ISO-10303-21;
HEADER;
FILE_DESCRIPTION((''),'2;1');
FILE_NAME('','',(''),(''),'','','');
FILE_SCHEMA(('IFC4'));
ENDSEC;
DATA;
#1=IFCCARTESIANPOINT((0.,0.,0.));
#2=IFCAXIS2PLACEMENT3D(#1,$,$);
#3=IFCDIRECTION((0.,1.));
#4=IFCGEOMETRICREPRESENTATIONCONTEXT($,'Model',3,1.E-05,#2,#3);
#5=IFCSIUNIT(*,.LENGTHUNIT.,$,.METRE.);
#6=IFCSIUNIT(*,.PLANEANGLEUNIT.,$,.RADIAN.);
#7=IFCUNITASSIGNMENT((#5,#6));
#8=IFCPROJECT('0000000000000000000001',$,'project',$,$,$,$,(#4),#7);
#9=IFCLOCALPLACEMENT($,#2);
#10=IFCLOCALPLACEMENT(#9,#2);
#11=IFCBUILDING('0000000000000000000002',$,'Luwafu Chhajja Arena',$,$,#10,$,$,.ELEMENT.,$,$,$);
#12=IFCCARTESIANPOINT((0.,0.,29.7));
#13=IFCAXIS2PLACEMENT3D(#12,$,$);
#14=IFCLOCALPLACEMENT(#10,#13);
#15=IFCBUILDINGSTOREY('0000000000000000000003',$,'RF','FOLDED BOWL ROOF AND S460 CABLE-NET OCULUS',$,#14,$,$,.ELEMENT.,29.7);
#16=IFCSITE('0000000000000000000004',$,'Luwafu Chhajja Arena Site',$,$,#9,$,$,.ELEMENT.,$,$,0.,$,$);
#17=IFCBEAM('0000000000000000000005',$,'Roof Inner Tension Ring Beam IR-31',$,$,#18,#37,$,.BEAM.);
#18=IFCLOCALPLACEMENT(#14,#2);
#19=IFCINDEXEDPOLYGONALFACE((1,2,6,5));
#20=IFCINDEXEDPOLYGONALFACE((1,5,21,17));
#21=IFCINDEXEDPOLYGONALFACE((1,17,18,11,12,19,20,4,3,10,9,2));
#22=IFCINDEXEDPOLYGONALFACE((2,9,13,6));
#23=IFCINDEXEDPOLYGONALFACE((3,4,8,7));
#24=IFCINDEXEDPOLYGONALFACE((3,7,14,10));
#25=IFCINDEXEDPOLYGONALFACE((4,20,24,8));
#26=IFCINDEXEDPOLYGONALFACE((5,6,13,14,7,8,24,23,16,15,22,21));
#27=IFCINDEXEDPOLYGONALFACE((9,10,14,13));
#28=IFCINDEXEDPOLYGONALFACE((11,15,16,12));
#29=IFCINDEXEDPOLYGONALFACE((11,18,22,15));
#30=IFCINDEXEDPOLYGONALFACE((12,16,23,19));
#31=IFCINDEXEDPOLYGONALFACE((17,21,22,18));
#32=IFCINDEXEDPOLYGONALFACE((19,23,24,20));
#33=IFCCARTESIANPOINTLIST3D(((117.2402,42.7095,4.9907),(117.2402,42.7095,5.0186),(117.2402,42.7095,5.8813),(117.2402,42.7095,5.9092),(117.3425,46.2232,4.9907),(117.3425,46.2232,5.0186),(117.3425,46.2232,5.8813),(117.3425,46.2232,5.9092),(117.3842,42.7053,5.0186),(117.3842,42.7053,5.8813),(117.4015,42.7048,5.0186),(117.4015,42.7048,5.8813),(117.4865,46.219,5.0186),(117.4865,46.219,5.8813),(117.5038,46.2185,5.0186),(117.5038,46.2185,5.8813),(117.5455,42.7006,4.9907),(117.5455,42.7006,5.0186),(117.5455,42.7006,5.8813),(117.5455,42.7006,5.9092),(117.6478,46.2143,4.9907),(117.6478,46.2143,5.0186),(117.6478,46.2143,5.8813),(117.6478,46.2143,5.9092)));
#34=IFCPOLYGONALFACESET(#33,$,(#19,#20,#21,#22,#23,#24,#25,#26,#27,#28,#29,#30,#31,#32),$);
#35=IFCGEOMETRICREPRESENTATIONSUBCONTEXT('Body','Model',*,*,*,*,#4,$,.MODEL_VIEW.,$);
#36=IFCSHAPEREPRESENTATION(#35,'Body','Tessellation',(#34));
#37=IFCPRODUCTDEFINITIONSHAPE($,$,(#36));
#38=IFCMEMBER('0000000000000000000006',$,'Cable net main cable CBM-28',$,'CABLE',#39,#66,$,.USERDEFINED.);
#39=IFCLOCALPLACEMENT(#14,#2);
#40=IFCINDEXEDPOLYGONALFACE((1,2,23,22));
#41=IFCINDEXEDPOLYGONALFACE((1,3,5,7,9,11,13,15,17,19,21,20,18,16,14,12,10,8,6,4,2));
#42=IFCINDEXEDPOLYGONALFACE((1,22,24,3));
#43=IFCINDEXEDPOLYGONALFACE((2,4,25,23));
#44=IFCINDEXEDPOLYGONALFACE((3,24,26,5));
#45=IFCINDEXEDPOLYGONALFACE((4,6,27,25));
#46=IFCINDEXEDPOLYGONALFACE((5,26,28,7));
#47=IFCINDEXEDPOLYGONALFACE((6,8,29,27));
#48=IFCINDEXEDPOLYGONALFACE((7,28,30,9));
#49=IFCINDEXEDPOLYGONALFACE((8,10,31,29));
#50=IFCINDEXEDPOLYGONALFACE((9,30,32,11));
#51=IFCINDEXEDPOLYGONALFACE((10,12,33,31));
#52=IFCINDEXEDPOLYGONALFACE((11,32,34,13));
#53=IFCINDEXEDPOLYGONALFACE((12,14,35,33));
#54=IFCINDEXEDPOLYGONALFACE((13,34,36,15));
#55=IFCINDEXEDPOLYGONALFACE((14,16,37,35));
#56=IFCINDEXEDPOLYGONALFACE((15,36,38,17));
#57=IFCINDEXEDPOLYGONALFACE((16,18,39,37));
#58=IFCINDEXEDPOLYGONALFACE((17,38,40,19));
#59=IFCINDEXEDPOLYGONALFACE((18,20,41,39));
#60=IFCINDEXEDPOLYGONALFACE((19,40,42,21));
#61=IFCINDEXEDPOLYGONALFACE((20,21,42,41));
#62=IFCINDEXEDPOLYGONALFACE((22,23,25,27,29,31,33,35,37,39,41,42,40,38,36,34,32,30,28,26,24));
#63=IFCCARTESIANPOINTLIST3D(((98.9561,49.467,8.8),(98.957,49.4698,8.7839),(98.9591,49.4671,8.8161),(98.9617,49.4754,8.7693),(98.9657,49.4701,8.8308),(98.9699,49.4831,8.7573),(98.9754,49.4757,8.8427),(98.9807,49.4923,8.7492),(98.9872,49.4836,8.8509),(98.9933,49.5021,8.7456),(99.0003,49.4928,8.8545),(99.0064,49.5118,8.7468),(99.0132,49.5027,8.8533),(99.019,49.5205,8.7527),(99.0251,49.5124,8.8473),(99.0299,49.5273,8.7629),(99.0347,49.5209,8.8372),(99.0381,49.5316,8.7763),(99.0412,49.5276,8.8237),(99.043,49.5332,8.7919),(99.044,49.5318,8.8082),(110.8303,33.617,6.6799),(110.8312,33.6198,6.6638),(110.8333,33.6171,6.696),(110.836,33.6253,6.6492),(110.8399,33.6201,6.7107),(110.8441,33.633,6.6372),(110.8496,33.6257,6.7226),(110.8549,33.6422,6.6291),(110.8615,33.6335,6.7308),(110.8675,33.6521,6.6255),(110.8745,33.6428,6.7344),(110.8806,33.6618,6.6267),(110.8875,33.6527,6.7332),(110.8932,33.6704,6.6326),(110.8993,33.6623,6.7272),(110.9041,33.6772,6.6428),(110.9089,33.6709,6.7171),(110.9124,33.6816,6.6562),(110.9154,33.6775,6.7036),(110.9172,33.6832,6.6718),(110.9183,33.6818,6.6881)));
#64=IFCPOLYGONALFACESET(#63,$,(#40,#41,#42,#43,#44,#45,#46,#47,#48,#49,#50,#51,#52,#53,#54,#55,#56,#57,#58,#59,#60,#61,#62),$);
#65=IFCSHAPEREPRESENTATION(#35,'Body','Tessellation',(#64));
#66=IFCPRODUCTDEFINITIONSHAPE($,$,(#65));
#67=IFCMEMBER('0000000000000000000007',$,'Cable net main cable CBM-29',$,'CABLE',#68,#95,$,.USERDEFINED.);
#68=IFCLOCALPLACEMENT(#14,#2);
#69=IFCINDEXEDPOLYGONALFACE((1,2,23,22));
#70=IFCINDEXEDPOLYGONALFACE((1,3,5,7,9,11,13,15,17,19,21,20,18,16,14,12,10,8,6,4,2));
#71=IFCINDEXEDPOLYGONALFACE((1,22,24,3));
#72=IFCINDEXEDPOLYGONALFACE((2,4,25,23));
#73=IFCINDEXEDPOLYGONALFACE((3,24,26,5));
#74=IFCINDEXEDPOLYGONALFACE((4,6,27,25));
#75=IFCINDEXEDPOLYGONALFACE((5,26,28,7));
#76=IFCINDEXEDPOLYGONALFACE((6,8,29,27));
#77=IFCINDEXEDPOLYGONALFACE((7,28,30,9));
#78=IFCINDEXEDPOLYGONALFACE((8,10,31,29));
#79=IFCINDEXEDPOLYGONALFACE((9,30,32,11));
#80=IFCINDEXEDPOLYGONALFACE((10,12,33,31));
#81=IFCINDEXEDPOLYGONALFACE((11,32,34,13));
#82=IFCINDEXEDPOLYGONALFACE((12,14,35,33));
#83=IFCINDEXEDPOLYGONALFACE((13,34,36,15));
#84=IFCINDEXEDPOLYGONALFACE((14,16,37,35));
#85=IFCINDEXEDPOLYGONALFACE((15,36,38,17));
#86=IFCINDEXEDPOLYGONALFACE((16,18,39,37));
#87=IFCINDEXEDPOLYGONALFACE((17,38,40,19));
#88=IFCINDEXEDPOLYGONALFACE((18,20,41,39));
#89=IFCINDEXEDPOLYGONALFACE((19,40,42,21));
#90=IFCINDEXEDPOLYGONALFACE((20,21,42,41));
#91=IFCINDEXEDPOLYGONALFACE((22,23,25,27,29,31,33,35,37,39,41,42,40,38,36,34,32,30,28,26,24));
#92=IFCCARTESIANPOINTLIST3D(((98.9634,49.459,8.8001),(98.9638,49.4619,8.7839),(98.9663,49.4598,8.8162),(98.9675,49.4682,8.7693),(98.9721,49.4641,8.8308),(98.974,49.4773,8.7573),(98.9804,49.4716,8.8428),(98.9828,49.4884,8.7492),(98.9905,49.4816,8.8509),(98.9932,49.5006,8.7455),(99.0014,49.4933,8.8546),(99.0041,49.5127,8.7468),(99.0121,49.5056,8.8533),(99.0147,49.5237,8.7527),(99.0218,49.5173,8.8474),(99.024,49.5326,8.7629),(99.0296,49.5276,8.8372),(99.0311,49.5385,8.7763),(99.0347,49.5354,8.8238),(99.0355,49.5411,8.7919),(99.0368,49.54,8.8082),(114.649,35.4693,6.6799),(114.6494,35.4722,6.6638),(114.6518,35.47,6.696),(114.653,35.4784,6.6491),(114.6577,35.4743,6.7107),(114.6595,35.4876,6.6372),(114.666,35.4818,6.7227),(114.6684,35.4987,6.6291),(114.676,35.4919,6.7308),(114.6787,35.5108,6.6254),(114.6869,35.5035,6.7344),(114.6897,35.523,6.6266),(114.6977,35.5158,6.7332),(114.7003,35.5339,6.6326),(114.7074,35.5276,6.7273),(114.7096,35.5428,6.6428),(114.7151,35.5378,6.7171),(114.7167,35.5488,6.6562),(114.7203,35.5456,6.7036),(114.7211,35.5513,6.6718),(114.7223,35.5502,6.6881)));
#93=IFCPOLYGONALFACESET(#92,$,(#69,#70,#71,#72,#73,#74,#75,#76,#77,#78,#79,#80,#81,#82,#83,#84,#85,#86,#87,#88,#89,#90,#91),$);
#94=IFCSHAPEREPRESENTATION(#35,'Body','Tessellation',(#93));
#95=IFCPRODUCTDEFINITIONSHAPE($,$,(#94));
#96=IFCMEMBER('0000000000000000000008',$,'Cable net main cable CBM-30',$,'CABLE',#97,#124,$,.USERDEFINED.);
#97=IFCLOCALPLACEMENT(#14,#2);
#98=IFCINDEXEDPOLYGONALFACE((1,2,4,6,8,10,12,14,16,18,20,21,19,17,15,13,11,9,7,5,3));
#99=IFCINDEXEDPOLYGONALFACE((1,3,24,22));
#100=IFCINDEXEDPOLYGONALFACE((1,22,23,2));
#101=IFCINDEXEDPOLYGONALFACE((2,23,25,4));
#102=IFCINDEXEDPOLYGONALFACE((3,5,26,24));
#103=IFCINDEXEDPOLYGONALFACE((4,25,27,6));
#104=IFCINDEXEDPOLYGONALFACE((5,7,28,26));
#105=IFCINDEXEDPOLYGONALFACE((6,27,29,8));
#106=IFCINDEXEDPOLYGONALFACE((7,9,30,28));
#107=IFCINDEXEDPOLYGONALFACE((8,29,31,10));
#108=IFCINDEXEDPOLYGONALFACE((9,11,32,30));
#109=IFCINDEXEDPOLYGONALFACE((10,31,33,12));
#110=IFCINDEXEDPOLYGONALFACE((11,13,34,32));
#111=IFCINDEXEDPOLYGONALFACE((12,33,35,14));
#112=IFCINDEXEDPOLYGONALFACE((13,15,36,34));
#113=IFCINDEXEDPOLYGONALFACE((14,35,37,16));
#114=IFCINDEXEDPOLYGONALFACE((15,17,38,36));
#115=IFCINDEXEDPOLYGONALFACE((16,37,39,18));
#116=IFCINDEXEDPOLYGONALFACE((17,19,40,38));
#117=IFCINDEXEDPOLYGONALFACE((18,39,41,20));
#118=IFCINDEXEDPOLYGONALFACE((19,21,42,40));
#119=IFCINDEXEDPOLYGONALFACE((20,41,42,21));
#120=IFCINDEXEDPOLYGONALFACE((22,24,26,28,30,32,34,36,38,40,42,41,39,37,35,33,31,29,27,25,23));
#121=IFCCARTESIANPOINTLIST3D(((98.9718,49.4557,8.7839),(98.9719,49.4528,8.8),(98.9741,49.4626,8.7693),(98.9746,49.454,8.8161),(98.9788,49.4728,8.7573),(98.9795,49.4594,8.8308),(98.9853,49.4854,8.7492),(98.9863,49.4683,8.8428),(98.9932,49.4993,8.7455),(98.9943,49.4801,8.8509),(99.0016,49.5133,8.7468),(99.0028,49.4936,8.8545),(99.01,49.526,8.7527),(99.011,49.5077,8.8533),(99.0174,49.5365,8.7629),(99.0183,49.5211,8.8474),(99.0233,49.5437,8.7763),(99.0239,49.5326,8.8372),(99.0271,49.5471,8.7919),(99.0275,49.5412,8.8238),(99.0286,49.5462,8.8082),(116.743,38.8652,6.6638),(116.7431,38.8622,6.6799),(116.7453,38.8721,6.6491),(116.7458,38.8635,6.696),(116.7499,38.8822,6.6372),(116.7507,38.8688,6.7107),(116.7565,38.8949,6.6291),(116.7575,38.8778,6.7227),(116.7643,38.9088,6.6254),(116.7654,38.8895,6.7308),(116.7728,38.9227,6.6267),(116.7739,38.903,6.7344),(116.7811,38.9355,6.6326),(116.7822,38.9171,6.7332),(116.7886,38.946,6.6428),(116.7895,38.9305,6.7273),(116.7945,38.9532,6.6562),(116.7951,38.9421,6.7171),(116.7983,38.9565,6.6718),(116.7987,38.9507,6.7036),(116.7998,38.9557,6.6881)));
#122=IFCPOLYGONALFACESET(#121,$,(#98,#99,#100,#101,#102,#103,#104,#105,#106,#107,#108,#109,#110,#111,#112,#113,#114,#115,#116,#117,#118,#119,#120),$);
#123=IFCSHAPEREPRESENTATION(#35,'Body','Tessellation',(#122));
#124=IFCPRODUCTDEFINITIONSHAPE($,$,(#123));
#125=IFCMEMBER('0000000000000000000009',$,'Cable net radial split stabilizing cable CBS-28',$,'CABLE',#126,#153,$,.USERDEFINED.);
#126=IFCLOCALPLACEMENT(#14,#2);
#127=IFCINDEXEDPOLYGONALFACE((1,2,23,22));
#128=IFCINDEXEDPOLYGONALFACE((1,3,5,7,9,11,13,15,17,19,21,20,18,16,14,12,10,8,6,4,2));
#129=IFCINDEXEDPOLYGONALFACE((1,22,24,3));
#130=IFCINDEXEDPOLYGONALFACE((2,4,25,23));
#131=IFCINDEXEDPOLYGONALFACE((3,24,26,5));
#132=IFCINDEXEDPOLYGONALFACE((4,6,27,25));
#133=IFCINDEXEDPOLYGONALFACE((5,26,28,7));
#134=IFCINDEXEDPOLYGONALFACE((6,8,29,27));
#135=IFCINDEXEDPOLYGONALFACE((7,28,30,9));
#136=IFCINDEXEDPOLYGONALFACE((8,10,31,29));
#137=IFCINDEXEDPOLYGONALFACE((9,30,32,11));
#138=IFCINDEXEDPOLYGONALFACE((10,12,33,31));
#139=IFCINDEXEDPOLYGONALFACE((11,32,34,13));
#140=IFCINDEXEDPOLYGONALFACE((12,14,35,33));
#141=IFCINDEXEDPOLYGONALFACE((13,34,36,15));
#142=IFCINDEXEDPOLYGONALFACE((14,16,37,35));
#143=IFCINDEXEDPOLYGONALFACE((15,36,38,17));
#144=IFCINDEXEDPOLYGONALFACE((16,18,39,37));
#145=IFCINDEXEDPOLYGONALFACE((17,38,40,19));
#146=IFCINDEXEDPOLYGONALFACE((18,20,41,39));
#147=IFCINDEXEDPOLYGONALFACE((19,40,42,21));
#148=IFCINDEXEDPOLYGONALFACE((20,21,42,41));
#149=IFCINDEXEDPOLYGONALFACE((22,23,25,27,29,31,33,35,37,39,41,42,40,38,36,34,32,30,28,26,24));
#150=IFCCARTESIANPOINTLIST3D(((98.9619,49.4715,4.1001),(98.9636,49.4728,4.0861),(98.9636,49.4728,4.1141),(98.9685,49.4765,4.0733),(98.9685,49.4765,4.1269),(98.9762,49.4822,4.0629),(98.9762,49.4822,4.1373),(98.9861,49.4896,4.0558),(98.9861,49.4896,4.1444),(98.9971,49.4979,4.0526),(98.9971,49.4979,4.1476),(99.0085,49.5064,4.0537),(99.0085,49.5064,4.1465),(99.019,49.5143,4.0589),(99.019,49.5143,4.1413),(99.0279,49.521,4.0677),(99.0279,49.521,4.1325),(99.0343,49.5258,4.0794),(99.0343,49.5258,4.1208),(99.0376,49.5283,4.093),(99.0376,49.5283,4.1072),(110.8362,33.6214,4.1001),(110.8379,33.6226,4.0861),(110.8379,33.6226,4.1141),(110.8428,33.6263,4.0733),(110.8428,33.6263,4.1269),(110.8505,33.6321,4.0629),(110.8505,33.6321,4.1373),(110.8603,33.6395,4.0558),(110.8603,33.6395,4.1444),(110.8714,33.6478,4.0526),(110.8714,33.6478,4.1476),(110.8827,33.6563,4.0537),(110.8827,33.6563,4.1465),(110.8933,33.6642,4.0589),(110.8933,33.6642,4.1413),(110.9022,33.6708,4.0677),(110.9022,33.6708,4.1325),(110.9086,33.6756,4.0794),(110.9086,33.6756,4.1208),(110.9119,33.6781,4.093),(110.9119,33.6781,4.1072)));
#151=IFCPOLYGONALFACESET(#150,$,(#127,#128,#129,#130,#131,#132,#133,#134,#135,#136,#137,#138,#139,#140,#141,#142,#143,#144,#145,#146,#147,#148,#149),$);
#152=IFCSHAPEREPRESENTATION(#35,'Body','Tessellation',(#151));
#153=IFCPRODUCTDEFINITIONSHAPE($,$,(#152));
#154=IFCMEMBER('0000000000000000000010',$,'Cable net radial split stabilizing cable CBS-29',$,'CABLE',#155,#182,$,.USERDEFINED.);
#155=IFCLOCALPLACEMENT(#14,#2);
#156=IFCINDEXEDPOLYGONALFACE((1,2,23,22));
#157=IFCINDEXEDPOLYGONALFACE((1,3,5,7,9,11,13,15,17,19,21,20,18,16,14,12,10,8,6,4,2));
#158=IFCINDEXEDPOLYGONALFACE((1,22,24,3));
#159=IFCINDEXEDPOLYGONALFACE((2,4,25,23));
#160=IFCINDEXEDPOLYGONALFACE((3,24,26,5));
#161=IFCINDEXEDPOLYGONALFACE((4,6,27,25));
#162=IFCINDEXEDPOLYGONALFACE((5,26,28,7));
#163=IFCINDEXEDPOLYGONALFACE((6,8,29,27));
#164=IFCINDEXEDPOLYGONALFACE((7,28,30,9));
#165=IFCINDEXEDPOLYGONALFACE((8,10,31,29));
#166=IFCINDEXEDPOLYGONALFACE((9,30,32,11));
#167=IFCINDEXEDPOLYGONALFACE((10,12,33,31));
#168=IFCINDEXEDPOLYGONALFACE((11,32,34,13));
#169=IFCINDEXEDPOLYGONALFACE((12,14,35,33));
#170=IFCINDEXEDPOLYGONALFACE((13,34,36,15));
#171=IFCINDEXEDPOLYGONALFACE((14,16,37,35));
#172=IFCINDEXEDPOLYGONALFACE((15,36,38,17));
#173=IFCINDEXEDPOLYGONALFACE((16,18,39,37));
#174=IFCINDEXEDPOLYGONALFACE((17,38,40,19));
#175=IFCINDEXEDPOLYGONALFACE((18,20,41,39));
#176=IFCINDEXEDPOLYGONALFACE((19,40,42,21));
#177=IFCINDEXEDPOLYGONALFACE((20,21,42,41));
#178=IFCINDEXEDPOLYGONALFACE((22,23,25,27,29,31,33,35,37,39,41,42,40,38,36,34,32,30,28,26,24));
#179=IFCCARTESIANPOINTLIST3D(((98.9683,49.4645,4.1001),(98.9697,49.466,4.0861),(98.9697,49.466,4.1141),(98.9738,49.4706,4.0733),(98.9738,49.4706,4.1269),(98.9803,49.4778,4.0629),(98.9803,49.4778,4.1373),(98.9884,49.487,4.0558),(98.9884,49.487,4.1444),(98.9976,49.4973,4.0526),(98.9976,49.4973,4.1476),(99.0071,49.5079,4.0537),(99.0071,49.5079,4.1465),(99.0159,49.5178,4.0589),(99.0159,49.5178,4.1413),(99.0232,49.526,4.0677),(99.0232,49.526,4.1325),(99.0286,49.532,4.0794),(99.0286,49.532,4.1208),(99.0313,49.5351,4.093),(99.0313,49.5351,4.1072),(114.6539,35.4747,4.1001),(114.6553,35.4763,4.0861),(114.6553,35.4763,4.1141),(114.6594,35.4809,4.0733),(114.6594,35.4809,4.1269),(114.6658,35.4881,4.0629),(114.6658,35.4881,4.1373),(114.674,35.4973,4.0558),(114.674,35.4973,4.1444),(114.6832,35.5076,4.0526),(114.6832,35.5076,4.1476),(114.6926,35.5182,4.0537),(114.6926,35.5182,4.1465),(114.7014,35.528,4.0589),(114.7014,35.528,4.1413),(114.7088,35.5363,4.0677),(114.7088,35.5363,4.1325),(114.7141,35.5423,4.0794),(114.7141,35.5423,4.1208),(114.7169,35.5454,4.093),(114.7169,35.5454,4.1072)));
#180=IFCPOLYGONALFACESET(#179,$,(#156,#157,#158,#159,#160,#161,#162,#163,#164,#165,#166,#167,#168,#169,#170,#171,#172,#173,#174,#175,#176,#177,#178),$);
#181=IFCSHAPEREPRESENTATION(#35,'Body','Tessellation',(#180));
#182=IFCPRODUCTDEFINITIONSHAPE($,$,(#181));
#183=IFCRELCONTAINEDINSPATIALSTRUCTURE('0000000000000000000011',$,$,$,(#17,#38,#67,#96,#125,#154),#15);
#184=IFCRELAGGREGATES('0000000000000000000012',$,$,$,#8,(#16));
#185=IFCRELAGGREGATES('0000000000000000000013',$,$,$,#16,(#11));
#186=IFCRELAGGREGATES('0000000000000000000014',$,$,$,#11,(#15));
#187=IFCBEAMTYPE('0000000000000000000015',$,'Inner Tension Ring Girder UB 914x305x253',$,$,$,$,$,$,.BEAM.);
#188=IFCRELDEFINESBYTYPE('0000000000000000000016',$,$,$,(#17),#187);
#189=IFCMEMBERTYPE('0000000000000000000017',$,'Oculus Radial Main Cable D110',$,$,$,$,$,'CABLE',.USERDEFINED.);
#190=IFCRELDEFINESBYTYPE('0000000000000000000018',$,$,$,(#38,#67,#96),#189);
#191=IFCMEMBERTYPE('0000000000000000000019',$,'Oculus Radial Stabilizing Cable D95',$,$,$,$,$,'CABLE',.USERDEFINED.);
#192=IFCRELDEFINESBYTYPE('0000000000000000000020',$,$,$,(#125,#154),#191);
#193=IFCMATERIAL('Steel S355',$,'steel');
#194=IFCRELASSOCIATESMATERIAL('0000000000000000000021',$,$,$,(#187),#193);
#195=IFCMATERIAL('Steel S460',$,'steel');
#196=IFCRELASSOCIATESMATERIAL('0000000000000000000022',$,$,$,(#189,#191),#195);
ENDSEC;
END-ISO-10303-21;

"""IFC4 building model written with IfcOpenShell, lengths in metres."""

from ifc_helpers import new_model, si_unit, direction, frame, origin, origin_2d, place, context, subcontext, project, spatial, circle, i_section, extrude, material, material_profile, profile_set, type_object, element, save


model = new_model("IFC4")

# Units and contexts
model_context = context("Model", 3, precision=1e-05, world=origin(), true_north=direction((0.0, 1.0)))
body_context = subcontext(model_context, "Body", "Model", "MODEL_VIEW")
ifc_project = project(units=[si_unit("LENGTHUNIT", "METRE"), si_unit("PLANEANGLEUNIT", "RADIAN")], contexts=[model_context])

# Site, building, storey
site_placement = place(None, origin())
site = spatial("IfcSite", under=ifc_project, at=site_placement, Name="Luwafu Chhajja Arena Site", CompositionType="ELEMENT", RefElevation=0.0)
building_placement = place(site_placement, origin())
building = spatial("IfcBuilding", under=site, at=building_placement, Name="Luwafu Chhajja Arena", CompositionType="ELEMENT")
storey_placement = place(building_placement, frame((0.0, 0.0, 29.7)))
storey = spatial("IfcBuildingStorey", under=building, at=storey_placement, Name="RF", Description="FOLDED BOWL ROOF AND S460 CABLE-NET OCULUS", CompositionType="ELEMENT", Elevation=29.7)

# Shared definitions
ifc_material_1 = material(Name="Steel S355", Category="steel")

# Beam
ifc_material_profile_1 = material_profile(ifc_material_1, i_section(OverallWidth=0.3054, OverallDepth=0.9185, WebThickness=0.0173, FlangeThickness=0.0278, at=origin_2d()), Name="UB 914x305x253")
ifc_profile_set_1 = profile_set([ifc_material_profile_1], Name="Steel S355")
beam_type = type_object("IfcBeamType", Name="Inner Tension Ring Girder UB 914x305x253", PredefinedType="BEAM", material=ifc_profile_set_1)
beam_1_placement = place(storey_placement, frame((117.3928, 42.7051, 5.45), z_axis=(0.029101, 0.999576, 0.0), x_axis=(-0.999576, 0.029101, 0.0)))
element("IfcBeam", 1, at=beam_1_placement, inside=storey, type_object=beam_type, Name="Roof Inner Tension Ring Beam IR-31", PredefinedType="BEAM", context=body_context, shape_type="SweptSolid", body=[
    extrude(i_section(OverallWidth=0.3054, OverallDepth=0.9185, WebThickness=0.0173, FlangeThickness=0.0278, at=origin_2d()), origin(), (0.0, 0.0, 1.0), 3.5151),
])

# Members
ifc_material_2 = material(Name="Steel S460", Category="steel")
ifc_material_profile_2 = material_profile(ifc_material_2, circle(Radius=0.0549, at=origin_2d()), Name="CABLE D110")
ifc_profile_set_2 = profile_set([ifc_material_profile_2], Name="Steel S460")
member_type_1 = type_object("IfcMemberType", Name="Oculus Radial Main Cable D110", ElementType="CABLE", PredefinedType="USERDEFINED", material=ifc_profile_set_2)
member_1_placement = place(storey_placement, frame((110.8743, 33.6499, 6.6799), z_axis=(-0.596164, 0.795776, 0.106443), x_axis=(-0.800322, -0.59957, 0.0)))
element("IfcMember", 2, at=member_1_placement, inside=storey, type_object=member_type_1, Name="Cable net main cable CBM-28", ObjectType="CABLE", PredefinedType="USERDEFINED", context=body_context, shape_type="SweptSolid", body=[
    extrude(circle(Radius=0.0549, at=origin_2d()), origin(), (0.0, 0.0, 1.0), 19.9177),
])
member_2_placement = place(storey_placement, frame((114.6855, 35.5103, 6.6799), z_axis=(-0.742529, 0.662252, 0.100363), x_axis=(-0.665613, -0.746297, 0.0)))
element("IfcMember", 3, at=member_2_placement, inside=storey, type_object=member_type_1, Name="Cable net main cable CBM-29", ObjectType="CABLE", PredefinedType="USERDEFINED", context=body_context, shape_type="SweptSolid", body=[
    extrude(circle(Radius=0.0549, at=origin_2d()), origin(), (0.0, 0.0, 1.0), 21.1245),
])
member_3_placement = place(storey_placement, frame((116.7712, 38.9094, 6.6799), z_axis=(-0.854552, 0.509261, 0.101948), x_axis=(-0.511928, -0.859028, 0.0)))
element("IfcMember", 4, at=member_3_placement, inside=storey, type_object=member_type_1, Name="Cable net main cable CBM-30", ObjectType="CABLE", PredefinedType="USERDEFINED", context=body_context, shape_type="SweptSolid", body=[
    extrude(circle(Radius=0.0549, at=origin_2d()), origin(), (0.0, 0.0, 1.0), 20.7959),
])
ifc_material_profile_3 = material_profile(ifc_material_2, circle(Radius=0.0476, at=origin_2d()), Name="CABLE D95")
ifc_profile_set_3 = profile_set([ifc_material_profile_3], Name="Steel S460")
member_type_2 = type_object("IfcMemberType", Name="Oculus Radial Stabilizing Cable D95", ElementType="CABLE", PredefinedType="USERDEFINED", material=ifc_profile_set_3)
member_4_placement = place(storey_placement, frame((110.8743, 33.6499, 4.1001), z_axis=(-0.59957, 0.800322, 0.0), x_axis=(-0.800322, -0.59957, 0.0)))
element("IfcMember", 5, at=member_4_placement, inside=storey, type_object=member_type_2, Name="Cable net radial split stabilizing cable CBS-28", ObjectType="CABLE", PredefinedType="USERDEFINED", context=body_context, shape_type="SweptSolid", body=[
    extrude(circle(Radius=0.0476, at=origin_2d()), origin(), (0.0, 0.0, 1.0), 19.8047),
])
member_5_placement = place(storey_placement, frame((114.6855, 35.5103, 4.1001), z_axis=(-0.746297, 0.665613, 0.0), x_axis=(-0.665613, -0.746297, 0.0)))
element("IfcMember", 6, at=member_5_placement, inside=storey, type_object=member_type_2, Name="Cable net radial split stabilizing cable CBS-29", ObjectType="CABLE", PredefinedType="USERDEFINED", context=body_context, shape_type="SweptSolid", body=[
    extrude(circle(Radius=0.0476, at=origin_2d()), origin(), (0.0, 0.0, 1.0), 21.0178),
])

save(model, "model.ifc")
